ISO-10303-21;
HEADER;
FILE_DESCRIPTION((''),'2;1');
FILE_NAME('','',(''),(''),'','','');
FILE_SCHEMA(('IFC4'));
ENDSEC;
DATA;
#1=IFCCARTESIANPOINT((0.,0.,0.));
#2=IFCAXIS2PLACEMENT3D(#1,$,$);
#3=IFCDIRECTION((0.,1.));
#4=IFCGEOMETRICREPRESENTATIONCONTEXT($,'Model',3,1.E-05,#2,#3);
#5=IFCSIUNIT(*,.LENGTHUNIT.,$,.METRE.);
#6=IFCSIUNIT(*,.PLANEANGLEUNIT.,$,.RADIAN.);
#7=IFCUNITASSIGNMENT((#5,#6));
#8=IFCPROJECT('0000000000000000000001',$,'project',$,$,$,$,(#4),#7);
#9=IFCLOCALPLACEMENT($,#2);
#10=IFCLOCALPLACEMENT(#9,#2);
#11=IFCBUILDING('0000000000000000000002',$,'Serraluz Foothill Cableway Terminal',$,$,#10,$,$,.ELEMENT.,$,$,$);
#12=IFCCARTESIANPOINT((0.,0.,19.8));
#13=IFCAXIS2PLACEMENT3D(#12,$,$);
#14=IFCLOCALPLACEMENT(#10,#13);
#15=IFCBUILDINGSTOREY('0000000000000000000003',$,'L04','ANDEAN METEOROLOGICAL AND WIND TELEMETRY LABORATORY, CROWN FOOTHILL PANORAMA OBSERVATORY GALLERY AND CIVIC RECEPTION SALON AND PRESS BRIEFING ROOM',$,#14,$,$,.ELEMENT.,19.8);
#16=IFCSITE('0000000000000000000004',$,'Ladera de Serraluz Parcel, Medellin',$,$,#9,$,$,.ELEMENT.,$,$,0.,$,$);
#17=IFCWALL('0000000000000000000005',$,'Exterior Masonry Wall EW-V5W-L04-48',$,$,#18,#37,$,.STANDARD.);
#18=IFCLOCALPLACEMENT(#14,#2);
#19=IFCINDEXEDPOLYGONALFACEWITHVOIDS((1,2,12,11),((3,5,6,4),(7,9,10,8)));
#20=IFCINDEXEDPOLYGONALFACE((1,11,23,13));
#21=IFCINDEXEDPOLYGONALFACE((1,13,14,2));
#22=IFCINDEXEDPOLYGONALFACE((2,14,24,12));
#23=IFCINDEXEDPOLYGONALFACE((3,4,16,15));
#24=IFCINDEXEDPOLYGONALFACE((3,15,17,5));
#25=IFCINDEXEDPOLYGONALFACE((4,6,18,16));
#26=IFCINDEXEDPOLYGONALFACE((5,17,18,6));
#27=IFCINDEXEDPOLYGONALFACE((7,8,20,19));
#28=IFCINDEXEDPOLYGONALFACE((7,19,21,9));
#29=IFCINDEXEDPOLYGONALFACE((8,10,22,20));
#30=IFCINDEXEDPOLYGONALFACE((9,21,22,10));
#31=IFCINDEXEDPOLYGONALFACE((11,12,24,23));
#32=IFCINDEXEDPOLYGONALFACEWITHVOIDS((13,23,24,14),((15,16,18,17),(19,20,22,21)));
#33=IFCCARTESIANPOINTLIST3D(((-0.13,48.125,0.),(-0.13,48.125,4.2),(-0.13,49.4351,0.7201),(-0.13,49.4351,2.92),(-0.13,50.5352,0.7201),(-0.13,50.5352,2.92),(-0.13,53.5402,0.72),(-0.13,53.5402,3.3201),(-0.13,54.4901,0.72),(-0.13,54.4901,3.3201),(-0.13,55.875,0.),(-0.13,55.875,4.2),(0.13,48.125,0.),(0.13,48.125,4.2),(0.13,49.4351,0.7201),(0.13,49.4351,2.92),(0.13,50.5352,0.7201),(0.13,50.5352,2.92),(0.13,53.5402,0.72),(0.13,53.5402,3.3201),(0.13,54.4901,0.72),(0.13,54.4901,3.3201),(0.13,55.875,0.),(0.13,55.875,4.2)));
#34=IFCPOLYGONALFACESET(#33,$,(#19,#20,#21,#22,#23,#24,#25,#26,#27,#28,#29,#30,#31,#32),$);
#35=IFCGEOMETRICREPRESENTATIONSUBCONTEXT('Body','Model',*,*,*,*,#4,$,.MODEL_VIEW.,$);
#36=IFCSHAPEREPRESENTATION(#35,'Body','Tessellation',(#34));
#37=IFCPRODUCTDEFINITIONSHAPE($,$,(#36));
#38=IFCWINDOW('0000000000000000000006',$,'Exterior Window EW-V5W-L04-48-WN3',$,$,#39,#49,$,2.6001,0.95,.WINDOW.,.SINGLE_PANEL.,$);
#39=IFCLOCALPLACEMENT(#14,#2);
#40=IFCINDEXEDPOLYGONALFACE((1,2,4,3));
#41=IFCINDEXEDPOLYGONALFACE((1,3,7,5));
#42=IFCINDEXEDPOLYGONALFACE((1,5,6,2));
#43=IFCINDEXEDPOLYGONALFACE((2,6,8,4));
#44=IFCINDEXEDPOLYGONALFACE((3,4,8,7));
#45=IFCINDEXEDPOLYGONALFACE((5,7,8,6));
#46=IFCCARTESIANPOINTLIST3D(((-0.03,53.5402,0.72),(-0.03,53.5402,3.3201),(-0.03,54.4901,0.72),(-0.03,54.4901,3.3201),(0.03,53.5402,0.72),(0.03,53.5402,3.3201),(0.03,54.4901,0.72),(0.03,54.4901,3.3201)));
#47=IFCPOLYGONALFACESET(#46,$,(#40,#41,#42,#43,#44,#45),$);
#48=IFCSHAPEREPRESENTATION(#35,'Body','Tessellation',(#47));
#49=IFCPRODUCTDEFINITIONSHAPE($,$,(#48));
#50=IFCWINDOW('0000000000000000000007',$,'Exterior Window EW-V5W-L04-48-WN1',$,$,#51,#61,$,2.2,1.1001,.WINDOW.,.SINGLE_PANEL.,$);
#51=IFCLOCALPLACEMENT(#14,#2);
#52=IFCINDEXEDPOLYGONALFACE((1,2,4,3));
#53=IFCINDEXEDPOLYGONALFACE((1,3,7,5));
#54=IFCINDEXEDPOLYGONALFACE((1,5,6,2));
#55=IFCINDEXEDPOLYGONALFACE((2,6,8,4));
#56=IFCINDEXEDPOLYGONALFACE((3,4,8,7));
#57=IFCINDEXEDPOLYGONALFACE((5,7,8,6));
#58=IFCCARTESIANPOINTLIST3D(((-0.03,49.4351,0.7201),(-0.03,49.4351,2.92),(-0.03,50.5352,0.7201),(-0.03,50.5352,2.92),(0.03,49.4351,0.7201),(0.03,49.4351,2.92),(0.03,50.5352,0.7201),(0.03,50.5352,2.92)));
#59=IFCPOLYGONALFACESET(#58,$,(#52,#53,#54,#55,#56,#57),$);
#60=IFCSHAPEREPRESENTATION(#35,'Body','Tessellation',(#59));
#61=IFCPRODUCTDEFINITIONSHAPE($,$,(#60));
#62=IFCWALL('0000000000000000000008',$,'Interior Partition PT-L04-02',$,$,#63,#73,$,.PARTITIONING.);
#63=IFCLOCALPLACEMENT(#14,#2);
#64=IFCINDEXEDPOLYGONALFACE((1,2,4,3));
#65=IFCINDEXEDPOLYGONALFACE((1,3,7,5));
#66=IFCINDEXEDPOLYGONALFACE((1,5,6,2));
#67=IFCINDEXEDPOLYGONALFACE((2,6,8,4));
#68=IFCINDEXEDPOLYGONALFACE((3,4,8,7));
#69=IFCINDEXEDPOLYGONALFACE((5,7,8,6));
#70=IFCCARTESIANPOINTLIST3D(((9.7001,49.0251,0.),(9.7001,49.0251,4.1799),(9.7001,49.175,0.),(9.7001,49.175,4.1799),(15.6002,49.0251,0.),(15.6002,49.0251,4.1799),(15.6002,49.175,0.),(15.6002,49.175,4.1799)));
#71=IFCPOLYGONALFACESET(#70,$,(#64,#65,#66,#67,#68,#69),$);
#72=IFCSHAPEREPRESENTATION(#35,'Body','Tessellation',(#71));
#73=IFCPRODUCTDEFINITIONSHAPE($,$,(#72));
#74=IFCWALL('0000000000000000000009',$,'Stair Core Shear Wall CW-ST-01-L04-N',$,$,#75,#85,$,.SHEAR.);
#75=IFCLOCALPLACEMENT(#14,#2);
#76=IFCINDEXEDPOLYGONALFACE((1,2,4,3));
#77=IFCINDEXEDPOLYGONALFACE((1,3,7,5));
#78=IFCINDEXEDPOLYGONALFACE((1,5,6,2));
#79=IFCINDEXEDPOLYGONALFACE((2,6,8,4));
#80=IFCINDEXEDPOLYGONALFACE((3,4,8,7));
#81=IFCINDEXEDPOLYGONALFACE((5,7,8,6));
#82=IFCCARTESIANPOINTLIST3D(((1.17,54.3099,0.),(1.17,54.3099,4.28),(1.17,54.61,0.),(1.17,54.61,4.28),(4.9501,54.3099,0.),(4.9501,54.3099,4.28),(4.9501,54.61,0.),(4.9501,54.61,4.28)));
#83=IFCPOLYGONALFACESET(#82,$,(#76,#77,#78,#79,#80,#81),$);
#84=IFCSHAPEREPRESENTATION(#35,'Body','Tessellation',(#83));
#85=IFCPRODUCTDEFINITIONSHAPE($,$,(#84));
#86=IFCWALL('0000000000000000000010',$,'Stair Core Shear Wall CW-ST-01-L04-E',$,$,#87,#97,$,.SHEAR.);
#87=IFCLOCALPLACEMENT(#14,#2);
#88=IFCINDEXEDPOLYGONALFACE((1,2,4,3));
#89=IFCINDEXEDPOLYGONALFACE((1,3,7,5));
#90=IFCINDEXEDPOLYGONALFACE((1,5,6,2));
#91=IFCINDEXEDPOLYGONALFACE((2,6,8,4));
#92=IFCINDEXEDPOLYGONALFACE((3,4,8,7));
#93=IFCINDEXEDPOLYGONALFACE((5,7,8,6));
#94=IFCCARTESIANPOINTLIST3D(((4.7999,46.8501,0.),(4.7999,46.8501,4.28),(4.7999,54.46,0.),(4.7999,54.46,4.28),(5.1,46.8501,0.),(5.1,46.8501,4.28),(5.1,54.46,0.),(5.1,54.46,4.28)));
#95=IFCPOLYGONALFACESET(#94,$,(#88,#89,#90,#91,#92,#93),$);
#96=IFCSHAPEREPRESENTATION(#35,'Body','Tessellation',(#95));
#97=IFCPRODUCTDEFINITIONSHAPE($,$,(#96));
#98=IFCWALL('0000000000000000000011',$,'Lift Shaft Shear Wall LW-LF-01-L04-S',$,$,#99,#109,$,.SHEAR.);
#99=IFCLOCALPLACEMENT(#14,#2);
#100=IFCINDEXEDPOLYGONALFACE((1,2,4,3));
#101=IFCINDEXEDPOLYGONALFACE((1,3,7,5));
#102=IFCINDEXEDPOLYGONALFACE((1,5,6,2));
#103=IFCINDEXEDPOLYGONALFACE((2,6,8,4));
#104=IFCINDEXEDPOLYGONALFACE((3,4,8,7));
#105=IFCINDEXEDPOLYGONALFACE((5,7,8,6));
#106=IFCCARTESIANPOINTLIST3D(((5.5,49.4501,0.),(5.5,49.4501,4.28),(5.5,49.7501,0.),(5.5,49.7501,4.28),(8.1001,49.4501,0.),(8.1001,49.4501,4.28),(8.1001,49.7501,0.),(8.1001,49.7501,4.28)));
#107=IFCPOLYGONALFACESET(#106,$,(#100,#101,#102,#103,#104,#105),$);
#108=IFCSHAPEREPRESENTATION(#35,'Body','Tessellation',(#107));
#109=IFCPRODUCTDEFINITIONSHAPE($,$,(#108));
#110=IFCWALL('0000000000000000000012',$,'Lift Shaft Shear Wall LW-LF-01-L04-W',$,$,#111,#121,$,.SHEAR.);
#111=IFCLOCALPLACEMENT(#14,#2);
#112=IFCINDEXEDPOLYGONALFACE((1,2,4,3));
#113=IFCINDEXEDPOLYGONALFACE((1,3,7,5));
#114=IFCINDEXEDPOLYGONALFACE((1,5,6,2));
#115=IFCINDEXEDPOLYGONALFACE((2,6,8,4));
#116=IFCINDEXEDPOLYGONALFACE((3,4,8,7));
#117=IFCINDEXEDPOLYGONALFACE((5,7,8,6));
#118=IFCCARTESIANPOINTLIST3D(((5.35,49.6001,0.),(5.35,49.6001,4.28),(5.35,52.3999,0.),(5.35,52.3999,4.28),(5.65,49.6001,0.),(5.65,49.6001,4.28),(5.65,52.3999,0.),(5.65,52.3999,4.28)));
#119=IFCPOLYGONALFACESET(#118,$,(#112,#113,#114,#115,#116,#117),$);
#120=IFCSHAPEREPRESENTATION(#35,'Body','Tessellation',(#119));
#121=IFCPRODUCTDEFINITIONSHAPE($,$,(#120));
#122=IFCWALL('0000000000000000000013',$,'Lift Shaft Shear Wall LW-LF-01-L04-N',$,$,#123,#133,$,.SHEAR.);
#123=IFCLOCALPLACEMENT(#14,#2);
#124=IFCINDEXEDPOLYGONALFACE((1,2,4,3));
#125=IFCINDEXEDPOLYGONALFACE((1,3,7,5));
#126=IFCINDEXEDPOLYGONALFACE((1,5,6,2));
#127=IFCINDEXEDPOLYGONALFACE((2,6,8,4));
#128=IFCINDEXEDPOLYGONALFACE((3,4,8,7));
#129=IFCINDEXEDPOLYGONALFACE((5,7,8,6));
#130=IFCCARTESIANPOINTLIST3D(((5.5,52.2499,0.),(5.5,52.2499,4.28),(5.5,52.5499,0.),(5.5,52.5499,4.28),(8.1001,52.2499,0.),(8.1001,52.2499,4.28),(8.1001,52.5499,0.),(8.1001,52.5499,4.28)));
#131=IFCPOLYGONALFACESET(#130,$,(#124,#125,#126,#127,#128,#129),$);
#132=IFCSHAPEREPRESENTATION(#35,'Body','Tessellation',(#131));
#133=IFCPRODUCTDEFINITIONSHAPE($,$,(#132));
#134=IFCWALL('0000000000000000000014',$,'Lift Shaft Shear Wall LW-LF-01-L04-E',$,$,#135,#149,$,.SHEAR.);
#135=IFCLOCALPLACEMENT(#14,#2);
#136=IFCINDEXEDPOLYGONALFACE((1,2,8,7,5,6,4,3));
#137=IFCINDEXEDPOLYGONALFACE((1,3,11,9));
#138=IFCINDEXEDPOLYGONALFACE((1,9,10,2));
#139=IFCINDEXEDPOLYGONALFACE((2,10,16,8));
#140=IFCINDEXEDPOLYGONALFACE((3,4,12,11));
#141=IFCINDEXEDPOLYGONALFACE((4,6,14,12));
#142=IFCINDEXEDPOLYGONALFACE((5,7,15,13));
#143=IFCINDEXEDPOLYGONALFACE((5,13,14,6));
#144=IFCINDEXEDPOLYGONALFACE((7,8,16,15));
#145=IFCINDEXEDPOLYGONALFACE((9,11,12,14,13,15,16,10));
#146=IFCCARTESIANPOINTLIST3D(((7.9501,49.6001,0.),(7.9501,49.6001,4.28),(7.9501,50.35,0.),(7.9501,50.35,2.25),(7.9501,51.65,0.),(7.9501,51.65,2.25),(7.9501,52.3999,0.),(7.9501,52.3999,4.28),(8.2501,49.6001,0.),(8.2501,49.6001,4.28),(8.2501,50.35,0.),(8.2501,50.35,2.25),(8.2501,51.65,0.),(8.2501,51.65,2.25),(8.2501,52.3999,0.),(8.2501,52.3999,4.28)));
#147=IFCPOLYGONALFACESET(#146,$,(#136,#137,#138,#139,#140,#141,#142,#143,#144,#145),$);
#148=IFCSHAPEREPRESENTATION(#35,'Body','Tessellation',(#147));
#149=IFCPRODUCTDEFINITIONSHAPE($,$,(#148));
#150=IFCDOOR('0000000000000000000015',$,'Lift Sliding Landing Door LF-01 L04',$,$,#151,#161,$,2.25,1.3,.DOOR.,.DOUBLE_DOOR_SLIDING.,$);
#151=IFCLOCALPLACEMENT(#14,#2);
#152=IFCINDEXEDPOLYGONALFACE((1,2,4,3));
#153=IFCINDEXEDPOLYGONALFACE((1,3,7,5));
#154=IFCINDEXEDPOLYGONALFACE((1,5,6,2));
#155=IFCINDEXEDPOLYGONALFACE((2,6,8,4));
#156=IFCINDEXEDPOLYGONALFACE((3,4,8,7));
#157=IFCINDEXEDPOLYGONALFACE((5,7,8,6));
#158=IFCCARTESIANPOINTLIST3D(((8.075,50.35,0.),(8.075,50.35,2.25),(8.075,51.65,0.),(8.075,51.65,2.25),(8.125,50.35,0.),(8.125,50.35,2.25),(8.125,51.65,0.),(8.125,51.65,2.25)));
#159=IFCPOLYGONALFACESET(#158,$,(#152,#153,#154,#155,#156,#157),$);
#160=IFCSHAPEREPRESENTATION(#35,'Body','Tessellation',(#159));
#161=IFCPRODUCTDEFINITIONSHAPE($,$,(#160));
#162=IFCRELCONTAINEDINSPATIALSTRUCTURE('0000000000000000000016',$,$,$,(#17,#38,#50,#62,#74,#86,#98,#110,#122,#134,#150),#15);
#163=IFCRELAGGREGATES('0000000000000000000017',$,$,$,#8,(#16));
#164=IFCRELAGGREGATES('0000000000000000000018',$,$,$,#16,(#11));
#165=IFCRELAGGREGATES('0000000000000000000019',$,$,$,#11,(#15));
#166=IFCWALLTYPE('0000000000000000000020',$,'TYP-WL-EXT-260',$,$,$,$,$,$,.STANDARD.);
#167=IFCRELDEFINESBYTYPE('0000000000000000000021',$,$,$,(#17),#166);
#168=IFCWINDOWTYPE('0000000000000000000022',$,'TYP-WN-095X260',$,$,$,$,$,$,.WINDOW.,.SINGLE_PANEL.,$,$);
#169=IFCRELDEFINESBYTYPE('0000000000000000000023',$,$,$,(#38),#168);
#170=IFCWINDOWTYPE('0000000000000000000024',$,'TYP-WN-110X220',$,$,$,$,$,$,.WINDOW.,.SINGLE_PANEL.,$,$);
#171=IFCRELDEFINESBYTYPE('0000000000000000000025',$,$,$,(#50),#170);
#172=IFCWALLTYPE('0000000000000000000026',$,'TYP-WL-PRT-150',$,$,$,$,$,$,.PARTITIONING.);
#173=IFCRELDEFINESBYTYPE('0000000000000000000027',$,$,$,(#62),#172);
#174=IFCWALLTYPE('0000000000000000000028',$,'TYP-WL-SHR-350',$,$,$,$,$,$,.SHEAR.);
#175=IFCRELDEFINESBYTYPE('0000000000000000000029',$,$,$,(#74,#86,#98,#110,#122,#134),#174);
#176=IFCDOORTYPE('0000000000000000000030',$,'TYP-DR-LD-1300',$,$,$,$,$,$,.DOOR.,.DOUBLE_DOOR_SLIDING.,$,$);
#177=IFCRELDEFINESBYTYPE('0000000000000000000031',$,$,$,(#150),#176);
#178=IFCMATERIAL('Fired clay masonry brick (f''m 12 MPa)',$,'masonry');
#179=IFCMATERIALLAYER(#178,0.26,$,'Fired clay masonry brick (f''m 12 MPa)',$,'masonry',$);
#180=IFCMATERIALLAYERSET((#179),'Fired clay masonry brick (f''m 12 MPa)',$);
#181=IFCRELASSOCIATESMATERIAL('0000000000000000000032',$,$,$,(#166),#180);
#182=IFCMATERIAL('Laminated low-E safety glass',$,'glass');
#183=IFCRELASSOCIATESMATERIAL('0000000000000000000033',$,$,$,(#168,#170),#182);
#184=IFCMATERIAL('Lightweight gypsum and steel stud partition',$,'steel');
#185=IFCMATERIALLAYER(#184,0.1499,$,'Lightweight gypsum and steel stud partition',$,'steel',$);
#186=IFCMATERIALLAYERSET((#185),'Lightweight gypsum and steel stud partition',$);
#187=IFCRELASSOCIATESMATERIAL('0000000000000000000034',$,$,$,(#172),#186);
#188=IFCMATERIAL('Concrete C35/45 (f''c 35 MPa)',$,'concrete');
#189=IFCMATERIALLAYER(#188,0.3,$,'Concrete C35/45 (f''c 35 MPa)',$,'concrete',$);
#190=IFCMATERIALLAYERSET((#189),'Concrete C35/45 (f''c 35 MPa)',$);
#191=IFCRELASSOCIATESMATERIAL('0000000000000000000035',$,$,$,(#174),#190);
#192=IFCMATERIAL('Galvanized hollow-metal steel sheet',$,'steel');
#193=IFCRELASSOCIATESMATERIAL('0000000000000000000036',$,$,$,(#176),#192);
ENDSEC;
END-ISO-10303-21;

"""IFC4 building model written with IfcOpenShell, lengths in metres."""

from ifc_helpers import new_model, si_unit, direction, frame, frame_2d, origin, place, context, subcontext, project, spatial, rectangle, extrude, material, layer, layer_set, type_object, element, fill, save


model = new_model("IFC4")

# Units and contexts
model_context = context("Model", 3, precision=1e-05, world=origin(), true_north=direction((0.0, 1.0)))
body_context = subcontext(model_context, "Body", "Model", "MODEL_VIEW")
ifc_project = project(units=[si_unit("LENGTHUNIT", "METRE"), si_unit("PLANEANGLEUNIT", "RADIAN")], contexts=[model_context])

# Site, building, storey
site_placement = place(None, origin())
site = spatial("IfcSite", under=ifc_project, at=site_placement, Name="Ladera de Serraluz Parcel, Medellin", CompositionType="ELEMENT", RefElevation=0.0)
building_placement = place(site_placement, origin())
building = spatial("IfcBuilding", under=site, at=building_placement, Name="Serraluz Foothill Cableway Terminal", CompositionType="ELEMENT")
storey_placement = place(building_placement, frame((0.0, 0.0, 19.8)))
storey = spatial("IfcBuildingStorey", under=building, at=storey_placement, Name="L04", Description="ANDEAN METEOROLOGICAL AND WIND TELEMETRY LABORATORY, CROWN FOOTHILL PANORAMA OBSERVATORY GALLERY AND CIVIC RECEPTION SALON AND PRESS BRIEFING ROOM", CompositionType="ELEMENT", Elevation=19.8)

# Shared definitions
ifc_material_1 = material(Name="Fired clay masonry brick (f'm 12 MPa)", Category="masonry")

# Shared definitions
ifc_material_2 = material(Name="Laminated low-E safety glass", Category="glass")

# Wall, openings, windows
ifc_layer_1 = layer(ifc_material_1, 0.26, Name="Fired clay masonry brick (f'm 12 MPa)", Category="masonry")
ifc_layer_set_1 = layer_set([ifc_layer_1], Name="Fired clay masonry brick (f'm 12 MPa)")
wall_type_1 = type_object("IfcWallType", Name="TYP-WL-EXT-260", PredefinedType="STANDARD", material=ifc_layer_set_1)
wall_1_placement = place(storey_placement, frame((0.0, 48.125, 0.0), z_axis=(0.0, 0.0, 1.0), x_axis=(0.0, 1.0, 0.0)))
wall_1 = element("IfcWall", 1, at=wall_1_placement, inside=storey, type_object=wall_type_1, Name="Exterior Masonry Wall EW-V5W-L04-48", PredefinedType="STANDARD", context=body_context, shape_type="SweptSolid", body=[
    extrude(rectangle(XDim=7.75, YDim=0.26, at=frame_2d((3.875, 0.0))), origin(), (0.0, 0.0, 1.0), 4.2),
])
opening_1_placement = place(wall_1_placement, frame((1.3101, 0.0, 0.72)))
opening_1 = element("IfcOpeningElement", 2, at=opening_1_placement, cuts=wall_1, PredefinedType="OPENING", context=body_context, shape_type="SweptSolid", body=[
    extrude(rectangle(XDim=1.1001, YDim=2.2, at=frame_2d((0.55, 1.1001))), frame((0.0, 0.1401, 0.0), z_axis=(0.0, -1.0, 0.0), x_axis=(1.0, 0.0, 0.0)), (0.0, 0.0, 1.0), 0.28),
])
opening_2_placement = place(wall_1_placement, frame((5.415, 0.0, 0.72)))
opening_2 = element("IfcOpeningElement", 3, at=opening_2_placement, cuts=wall_1, PredefinedType="OPENING", context=body_context, shape_type="SweptSolid", body=[
    extrude(rectangle(XDim=0.95, YDim=2.6001, at=frame_2d((0.4751, 1.3))), frame((0.0, 0.1401, 0.0), z_axis=(0.0, -1.0, 0.0), x_axis=(1.0, 0.0, 0.0)), (0.0, 0.0, 1.0), 0.28),
])
window_type_1 = type_object("IfcWindowType", Name="TYP-WN-095X260", PartitioningType="SINGLE_PANEL", PredefinedType="WINDOW", material=ifc_material_2)
window_1_placement = place(opening_2_placement, origin())
window_1 = element("IfcWindow", 4, at=window_1_placement, inside=storey, type_object=window_type_1, Name="Exterior Window EW-V5W-L04-48-WN3", OverallHeight=2.6001, OverallWidth=0.95, PartitioningType="SINGLE_PANEL", PredefinedType="WINDOW", context=body_context, shape_type="SweptSolid", body=[
    extrude(rectangle(XDim=0.95, YDim=2.6001, at=frame_2d((0.4751, 1.3))), frame((0.0, 0.03, 0.0), z_axis=(0.0, -1.0, 0.0), x_axis=(1.0, 0.0, 0.0)), (0.0, 0.0, 1.0), 0.0601),
])
fill(opening_2, window_1)
window_type_2 = type_object("IfcWindowType", Name="TYP-WN-110X220", PartitioningType="SINGLE_PANEL", PredefinedType="WINDOW", material=ifc_material_2)
window_2_placement = place(opening_1_placement, origin())
window_2 = element("IfcWindow", 5, at=window_2_placement, inside=storey, type_object=window_type_2, Name="Exterior Window EW-V5W-L04-48-WN1", OverallHeight=2.2, OverallWidth=1.1001, PartitioningType="SINGLE_PANEL", PredefinedType="WINDOW", context=body_context, shape_type="SweptSolid", body=[
    extrude(rectangle(XDim=1.1001, YDim=2.2, at=frame_2d((0.55, 1.1001))), frame((0.0, 0.03, 0.0), z_axis=(0.0, -1.0, 0.0), x_axis=(1.0, 0.0, 0.0)), (0.0, 0.0, 1.0), 0.0601),
])
fill(opening_1, window_2)

# Walls
ifc_material_3 = material(Name="Lightweight gypsum and steel stud partition", Category="steel")
ifc_layer_2 = layer(ifc_material_3, 0.1499, Name="Lightweight gypsum and steel stud partition", Category="steel")
ifc_layer_set_2 = layer_set([ifc_layer_2], Name="Lightweight gypsum and steel stud partition")
wall_type_2 = type_object("IfcWallType", Name="TYP-WL-PRT-150", PredefinedType="PARTITIONING", material=ifc_layer_set_2)
wall_2_placement = place(storey_placement, frame((9.7, 49.1001, 0.0), z_axis=(0.0, 0.0, 1.0), x_axis=(1.0, 0.0, 0.0)))
element("IfcWall", 6, at=wall_2_placement, inside=storey, type_object=wall_type_2, Name="Interior Partition PT-L04-02", PredefinedType="PARTITIONING", context=body_context, shape_type="SweptSolid", body=[
    extrude(rectangle(XDim=5.9001, YDim=0.1499, at=frame_2d((2.9502, 0.0))), origin(), (0.0, 0.0, 1.0), 4.1799),
])
ifc_material_4 = material(Name="Concrete C35/45 (f'c 35 MPa)", Category="concrete")
ifc_layer_3 = layer(ifc_material_4, 0.3, Name="Concrete C35/45 (f'c 35 MPa)", Category="concrete")
ifc_layer_set_3 = layer_set([ifc_layer_3], Name="Concrete C35/45 (f'c 35 MPa)")
wall_type_3 = type_object("IfcWallType", Name="TYP-WL-SHR-350", PredefinedType="SHEAR", material=ifc_layer_set_3)
wall_3_placement = place(storey_placement, frame((1.1699, 54.46, 0.0), z_axis=(0.0, 0.0, 1.0), x_axis=(1.0, 0.0, 0.0)))
element("IfcWall", 7, at=wall_3_placement, inside=storey, type_object=wall_type_3, Name="Stair Core Shear Wall CW-ST-01-L04-N", PredefinedType="SHEAR", context=body_context, shape_type="SweptSolid", body=[
    extrude(rectangle(XDim=3.78, YDim=0.3, at=frame_2d((1.8901, 0.0))), origin(), (0.0, 0.0, 1.0), 4.28),
])
wall_4_placement = place(storey_placement, frame((4.95, 54.46, 0.0), z_axis=(0.0, 0.0, 1.0), x_axis=(0.0, -1.0, 0.0)))
element("IfcWall", 8, at=wall_4_placement, inside=storey, type_object=wall_type_3, Name="Stair Core Shear Wall CW-ST-01-L04-E", PredefinedType="SHEAR", context=body_context, shape_type="SweptSolid", body=[
    extrude(rectangle(XDim=7.6099, YDim=0.3, at=frame_2d((3.8049, 0.0))), origin(), (0.0, 0.0, 1.0), 4.28),
])
wall_5_placement = place(storey_placement, frame((8.1001, 49.6001, 0.0), z_axis=(0.0, 0.0, 1.0), x_axis=(-1.0, 0.0, 0.0)))
element("IfcWall", 9, at=wall_5_placement, inside=storey, type_object=wall_type_3, Name="Lift Shaft Shear Wall LW-LF-01-L04-S", PredefinedType="SHEAR", context=body_context, shape_type="SweptSolid", body=[
    extrude(rectangle(XDim=2.6001, YDim=0.3, at=frame_2d((1.3, 0.0))), origin(), (0.0, 0.0, 1.0), 4.28),
])
wall_6_placement = place(storey_placement, frame((5.5, 49.6001, 0.0), z_axis=(0.0, 0.0, 1.0), x_axis=(0.0, 1.0, 0.0)))
element("IfcWall", 10, at=wall_6_placement, inside=storey, type_object=wall_type_3, Name="Lift Shaft Shear Wall LW-LF-01-L04-W", PredefinedType="SHEAR", context=body_context, shape_type="SweptSolid", body=[
    extrude(rectangle(XDim=2.7998, YDim=0.3, at=frame_2d((1.3999, 0.0))), origin(), (0.0, 0.0, 1.0), 4.28),
])
wall_7_placement = place(storey_placement, frame((5.5, 52.3999, 0.0), z_axis=(0.0, 0.0, 1.0), x_axis=(1.0, 0.0, 0.0)))
element("IfcWall", 11, at=wall_7_placement, inside=storey, type_object=wall_type_3, Name="Lift Shaft Shear Wall LW-LF-01-L04-N", PredefinedType="SHEAR", context=body_context, shape_type="SweptSolid", body=[
    extrude(rectangle(XDim=2.6001, YDim=0.3, at=frame_2d((1.3, 0.0))), origin(), (0.0, 0.0, 1.0), 4.28),
])

# Wall, opening, door
wall_8_placement = place(storey_placement, frame((8.1001, 52.3999, 0.0), z_axis=(0.0, 0.0, 1.0), x_axis=(0.0, -1.0, 0.0)))
wall_8 = element("IfcWall", 12, at=wall_8_placement, inside=storey, type_object=wall_type_3, Name="Lift Shaft Shear Wall LW-LF-01-L04-E", PredefinedType="SHEAR", context=body_context, shape_type="SweptSolid", body=[
    extrude(rectangle(XDim=2.7998, YDim=0.3, at=frame_2d((1.3999, 0.0))), origin(), (0.0, 0.0, 1.0), 4.28),
])
opening_3_placement = place(wall_8_placement, frame((0.75, 0.0, 0.0)))
opening_3 = element("IfcOpeningElement", 13, at=opening_3_placement, cuts=wall_8, PredefinedType="OPENING", context=body_context, shape_type="SweptSolid", body=[
    extrude(rectangle(XDim=1.3, YDim=2.25, at=frame_2d((0.6499, 1.125))), frame((0.0, 0.1602, 0.0), z_axis=(0.0, -1.0, 0.0), x_axis=(1.0, 0.0, 0.0)), (0.0, 0.0, 1.0), 0.3201),
])
ifc_material_5 = material(Name="Galvanized hollow-metal steel sheet", Category="steel")
door_type_1 = type_object("IfcDoorType", Name="TYP-DR-LD-1300", OperationType="DOUBLE_DOOR_SLIDING", PredefinedType="DOOR", material=ifc_material_5)
door_1_placement = place(opening_3_placement, origin())
door_1 = element("IfcDoor", 14, at=door_1_placement, inside=storey, type_object=door_type_1, Name="Lift Sliding Landing Door LF-01 L04", OperationType="DOUBLE_DOOR_SLIDING", OverallHeight=2.25, OverallWidth=1.3, PredefinedType="DOOR", context=body_context, shape_type="SweptSolid", body=[
    extrude(rectangle(XDim=1.3, YDim=2.25, at=frame_2d((0.6499, 1.125))), frame((0.0, 0.0249, 0.0), z_axis=(0.0, -1.0, 0.0), x_axis=(1.0, 0.0, 0.0)), (0.0, 0.0, 1.0), 0.05),
])
fill(opening_3, door_1)

save(model, "model.ifc")
